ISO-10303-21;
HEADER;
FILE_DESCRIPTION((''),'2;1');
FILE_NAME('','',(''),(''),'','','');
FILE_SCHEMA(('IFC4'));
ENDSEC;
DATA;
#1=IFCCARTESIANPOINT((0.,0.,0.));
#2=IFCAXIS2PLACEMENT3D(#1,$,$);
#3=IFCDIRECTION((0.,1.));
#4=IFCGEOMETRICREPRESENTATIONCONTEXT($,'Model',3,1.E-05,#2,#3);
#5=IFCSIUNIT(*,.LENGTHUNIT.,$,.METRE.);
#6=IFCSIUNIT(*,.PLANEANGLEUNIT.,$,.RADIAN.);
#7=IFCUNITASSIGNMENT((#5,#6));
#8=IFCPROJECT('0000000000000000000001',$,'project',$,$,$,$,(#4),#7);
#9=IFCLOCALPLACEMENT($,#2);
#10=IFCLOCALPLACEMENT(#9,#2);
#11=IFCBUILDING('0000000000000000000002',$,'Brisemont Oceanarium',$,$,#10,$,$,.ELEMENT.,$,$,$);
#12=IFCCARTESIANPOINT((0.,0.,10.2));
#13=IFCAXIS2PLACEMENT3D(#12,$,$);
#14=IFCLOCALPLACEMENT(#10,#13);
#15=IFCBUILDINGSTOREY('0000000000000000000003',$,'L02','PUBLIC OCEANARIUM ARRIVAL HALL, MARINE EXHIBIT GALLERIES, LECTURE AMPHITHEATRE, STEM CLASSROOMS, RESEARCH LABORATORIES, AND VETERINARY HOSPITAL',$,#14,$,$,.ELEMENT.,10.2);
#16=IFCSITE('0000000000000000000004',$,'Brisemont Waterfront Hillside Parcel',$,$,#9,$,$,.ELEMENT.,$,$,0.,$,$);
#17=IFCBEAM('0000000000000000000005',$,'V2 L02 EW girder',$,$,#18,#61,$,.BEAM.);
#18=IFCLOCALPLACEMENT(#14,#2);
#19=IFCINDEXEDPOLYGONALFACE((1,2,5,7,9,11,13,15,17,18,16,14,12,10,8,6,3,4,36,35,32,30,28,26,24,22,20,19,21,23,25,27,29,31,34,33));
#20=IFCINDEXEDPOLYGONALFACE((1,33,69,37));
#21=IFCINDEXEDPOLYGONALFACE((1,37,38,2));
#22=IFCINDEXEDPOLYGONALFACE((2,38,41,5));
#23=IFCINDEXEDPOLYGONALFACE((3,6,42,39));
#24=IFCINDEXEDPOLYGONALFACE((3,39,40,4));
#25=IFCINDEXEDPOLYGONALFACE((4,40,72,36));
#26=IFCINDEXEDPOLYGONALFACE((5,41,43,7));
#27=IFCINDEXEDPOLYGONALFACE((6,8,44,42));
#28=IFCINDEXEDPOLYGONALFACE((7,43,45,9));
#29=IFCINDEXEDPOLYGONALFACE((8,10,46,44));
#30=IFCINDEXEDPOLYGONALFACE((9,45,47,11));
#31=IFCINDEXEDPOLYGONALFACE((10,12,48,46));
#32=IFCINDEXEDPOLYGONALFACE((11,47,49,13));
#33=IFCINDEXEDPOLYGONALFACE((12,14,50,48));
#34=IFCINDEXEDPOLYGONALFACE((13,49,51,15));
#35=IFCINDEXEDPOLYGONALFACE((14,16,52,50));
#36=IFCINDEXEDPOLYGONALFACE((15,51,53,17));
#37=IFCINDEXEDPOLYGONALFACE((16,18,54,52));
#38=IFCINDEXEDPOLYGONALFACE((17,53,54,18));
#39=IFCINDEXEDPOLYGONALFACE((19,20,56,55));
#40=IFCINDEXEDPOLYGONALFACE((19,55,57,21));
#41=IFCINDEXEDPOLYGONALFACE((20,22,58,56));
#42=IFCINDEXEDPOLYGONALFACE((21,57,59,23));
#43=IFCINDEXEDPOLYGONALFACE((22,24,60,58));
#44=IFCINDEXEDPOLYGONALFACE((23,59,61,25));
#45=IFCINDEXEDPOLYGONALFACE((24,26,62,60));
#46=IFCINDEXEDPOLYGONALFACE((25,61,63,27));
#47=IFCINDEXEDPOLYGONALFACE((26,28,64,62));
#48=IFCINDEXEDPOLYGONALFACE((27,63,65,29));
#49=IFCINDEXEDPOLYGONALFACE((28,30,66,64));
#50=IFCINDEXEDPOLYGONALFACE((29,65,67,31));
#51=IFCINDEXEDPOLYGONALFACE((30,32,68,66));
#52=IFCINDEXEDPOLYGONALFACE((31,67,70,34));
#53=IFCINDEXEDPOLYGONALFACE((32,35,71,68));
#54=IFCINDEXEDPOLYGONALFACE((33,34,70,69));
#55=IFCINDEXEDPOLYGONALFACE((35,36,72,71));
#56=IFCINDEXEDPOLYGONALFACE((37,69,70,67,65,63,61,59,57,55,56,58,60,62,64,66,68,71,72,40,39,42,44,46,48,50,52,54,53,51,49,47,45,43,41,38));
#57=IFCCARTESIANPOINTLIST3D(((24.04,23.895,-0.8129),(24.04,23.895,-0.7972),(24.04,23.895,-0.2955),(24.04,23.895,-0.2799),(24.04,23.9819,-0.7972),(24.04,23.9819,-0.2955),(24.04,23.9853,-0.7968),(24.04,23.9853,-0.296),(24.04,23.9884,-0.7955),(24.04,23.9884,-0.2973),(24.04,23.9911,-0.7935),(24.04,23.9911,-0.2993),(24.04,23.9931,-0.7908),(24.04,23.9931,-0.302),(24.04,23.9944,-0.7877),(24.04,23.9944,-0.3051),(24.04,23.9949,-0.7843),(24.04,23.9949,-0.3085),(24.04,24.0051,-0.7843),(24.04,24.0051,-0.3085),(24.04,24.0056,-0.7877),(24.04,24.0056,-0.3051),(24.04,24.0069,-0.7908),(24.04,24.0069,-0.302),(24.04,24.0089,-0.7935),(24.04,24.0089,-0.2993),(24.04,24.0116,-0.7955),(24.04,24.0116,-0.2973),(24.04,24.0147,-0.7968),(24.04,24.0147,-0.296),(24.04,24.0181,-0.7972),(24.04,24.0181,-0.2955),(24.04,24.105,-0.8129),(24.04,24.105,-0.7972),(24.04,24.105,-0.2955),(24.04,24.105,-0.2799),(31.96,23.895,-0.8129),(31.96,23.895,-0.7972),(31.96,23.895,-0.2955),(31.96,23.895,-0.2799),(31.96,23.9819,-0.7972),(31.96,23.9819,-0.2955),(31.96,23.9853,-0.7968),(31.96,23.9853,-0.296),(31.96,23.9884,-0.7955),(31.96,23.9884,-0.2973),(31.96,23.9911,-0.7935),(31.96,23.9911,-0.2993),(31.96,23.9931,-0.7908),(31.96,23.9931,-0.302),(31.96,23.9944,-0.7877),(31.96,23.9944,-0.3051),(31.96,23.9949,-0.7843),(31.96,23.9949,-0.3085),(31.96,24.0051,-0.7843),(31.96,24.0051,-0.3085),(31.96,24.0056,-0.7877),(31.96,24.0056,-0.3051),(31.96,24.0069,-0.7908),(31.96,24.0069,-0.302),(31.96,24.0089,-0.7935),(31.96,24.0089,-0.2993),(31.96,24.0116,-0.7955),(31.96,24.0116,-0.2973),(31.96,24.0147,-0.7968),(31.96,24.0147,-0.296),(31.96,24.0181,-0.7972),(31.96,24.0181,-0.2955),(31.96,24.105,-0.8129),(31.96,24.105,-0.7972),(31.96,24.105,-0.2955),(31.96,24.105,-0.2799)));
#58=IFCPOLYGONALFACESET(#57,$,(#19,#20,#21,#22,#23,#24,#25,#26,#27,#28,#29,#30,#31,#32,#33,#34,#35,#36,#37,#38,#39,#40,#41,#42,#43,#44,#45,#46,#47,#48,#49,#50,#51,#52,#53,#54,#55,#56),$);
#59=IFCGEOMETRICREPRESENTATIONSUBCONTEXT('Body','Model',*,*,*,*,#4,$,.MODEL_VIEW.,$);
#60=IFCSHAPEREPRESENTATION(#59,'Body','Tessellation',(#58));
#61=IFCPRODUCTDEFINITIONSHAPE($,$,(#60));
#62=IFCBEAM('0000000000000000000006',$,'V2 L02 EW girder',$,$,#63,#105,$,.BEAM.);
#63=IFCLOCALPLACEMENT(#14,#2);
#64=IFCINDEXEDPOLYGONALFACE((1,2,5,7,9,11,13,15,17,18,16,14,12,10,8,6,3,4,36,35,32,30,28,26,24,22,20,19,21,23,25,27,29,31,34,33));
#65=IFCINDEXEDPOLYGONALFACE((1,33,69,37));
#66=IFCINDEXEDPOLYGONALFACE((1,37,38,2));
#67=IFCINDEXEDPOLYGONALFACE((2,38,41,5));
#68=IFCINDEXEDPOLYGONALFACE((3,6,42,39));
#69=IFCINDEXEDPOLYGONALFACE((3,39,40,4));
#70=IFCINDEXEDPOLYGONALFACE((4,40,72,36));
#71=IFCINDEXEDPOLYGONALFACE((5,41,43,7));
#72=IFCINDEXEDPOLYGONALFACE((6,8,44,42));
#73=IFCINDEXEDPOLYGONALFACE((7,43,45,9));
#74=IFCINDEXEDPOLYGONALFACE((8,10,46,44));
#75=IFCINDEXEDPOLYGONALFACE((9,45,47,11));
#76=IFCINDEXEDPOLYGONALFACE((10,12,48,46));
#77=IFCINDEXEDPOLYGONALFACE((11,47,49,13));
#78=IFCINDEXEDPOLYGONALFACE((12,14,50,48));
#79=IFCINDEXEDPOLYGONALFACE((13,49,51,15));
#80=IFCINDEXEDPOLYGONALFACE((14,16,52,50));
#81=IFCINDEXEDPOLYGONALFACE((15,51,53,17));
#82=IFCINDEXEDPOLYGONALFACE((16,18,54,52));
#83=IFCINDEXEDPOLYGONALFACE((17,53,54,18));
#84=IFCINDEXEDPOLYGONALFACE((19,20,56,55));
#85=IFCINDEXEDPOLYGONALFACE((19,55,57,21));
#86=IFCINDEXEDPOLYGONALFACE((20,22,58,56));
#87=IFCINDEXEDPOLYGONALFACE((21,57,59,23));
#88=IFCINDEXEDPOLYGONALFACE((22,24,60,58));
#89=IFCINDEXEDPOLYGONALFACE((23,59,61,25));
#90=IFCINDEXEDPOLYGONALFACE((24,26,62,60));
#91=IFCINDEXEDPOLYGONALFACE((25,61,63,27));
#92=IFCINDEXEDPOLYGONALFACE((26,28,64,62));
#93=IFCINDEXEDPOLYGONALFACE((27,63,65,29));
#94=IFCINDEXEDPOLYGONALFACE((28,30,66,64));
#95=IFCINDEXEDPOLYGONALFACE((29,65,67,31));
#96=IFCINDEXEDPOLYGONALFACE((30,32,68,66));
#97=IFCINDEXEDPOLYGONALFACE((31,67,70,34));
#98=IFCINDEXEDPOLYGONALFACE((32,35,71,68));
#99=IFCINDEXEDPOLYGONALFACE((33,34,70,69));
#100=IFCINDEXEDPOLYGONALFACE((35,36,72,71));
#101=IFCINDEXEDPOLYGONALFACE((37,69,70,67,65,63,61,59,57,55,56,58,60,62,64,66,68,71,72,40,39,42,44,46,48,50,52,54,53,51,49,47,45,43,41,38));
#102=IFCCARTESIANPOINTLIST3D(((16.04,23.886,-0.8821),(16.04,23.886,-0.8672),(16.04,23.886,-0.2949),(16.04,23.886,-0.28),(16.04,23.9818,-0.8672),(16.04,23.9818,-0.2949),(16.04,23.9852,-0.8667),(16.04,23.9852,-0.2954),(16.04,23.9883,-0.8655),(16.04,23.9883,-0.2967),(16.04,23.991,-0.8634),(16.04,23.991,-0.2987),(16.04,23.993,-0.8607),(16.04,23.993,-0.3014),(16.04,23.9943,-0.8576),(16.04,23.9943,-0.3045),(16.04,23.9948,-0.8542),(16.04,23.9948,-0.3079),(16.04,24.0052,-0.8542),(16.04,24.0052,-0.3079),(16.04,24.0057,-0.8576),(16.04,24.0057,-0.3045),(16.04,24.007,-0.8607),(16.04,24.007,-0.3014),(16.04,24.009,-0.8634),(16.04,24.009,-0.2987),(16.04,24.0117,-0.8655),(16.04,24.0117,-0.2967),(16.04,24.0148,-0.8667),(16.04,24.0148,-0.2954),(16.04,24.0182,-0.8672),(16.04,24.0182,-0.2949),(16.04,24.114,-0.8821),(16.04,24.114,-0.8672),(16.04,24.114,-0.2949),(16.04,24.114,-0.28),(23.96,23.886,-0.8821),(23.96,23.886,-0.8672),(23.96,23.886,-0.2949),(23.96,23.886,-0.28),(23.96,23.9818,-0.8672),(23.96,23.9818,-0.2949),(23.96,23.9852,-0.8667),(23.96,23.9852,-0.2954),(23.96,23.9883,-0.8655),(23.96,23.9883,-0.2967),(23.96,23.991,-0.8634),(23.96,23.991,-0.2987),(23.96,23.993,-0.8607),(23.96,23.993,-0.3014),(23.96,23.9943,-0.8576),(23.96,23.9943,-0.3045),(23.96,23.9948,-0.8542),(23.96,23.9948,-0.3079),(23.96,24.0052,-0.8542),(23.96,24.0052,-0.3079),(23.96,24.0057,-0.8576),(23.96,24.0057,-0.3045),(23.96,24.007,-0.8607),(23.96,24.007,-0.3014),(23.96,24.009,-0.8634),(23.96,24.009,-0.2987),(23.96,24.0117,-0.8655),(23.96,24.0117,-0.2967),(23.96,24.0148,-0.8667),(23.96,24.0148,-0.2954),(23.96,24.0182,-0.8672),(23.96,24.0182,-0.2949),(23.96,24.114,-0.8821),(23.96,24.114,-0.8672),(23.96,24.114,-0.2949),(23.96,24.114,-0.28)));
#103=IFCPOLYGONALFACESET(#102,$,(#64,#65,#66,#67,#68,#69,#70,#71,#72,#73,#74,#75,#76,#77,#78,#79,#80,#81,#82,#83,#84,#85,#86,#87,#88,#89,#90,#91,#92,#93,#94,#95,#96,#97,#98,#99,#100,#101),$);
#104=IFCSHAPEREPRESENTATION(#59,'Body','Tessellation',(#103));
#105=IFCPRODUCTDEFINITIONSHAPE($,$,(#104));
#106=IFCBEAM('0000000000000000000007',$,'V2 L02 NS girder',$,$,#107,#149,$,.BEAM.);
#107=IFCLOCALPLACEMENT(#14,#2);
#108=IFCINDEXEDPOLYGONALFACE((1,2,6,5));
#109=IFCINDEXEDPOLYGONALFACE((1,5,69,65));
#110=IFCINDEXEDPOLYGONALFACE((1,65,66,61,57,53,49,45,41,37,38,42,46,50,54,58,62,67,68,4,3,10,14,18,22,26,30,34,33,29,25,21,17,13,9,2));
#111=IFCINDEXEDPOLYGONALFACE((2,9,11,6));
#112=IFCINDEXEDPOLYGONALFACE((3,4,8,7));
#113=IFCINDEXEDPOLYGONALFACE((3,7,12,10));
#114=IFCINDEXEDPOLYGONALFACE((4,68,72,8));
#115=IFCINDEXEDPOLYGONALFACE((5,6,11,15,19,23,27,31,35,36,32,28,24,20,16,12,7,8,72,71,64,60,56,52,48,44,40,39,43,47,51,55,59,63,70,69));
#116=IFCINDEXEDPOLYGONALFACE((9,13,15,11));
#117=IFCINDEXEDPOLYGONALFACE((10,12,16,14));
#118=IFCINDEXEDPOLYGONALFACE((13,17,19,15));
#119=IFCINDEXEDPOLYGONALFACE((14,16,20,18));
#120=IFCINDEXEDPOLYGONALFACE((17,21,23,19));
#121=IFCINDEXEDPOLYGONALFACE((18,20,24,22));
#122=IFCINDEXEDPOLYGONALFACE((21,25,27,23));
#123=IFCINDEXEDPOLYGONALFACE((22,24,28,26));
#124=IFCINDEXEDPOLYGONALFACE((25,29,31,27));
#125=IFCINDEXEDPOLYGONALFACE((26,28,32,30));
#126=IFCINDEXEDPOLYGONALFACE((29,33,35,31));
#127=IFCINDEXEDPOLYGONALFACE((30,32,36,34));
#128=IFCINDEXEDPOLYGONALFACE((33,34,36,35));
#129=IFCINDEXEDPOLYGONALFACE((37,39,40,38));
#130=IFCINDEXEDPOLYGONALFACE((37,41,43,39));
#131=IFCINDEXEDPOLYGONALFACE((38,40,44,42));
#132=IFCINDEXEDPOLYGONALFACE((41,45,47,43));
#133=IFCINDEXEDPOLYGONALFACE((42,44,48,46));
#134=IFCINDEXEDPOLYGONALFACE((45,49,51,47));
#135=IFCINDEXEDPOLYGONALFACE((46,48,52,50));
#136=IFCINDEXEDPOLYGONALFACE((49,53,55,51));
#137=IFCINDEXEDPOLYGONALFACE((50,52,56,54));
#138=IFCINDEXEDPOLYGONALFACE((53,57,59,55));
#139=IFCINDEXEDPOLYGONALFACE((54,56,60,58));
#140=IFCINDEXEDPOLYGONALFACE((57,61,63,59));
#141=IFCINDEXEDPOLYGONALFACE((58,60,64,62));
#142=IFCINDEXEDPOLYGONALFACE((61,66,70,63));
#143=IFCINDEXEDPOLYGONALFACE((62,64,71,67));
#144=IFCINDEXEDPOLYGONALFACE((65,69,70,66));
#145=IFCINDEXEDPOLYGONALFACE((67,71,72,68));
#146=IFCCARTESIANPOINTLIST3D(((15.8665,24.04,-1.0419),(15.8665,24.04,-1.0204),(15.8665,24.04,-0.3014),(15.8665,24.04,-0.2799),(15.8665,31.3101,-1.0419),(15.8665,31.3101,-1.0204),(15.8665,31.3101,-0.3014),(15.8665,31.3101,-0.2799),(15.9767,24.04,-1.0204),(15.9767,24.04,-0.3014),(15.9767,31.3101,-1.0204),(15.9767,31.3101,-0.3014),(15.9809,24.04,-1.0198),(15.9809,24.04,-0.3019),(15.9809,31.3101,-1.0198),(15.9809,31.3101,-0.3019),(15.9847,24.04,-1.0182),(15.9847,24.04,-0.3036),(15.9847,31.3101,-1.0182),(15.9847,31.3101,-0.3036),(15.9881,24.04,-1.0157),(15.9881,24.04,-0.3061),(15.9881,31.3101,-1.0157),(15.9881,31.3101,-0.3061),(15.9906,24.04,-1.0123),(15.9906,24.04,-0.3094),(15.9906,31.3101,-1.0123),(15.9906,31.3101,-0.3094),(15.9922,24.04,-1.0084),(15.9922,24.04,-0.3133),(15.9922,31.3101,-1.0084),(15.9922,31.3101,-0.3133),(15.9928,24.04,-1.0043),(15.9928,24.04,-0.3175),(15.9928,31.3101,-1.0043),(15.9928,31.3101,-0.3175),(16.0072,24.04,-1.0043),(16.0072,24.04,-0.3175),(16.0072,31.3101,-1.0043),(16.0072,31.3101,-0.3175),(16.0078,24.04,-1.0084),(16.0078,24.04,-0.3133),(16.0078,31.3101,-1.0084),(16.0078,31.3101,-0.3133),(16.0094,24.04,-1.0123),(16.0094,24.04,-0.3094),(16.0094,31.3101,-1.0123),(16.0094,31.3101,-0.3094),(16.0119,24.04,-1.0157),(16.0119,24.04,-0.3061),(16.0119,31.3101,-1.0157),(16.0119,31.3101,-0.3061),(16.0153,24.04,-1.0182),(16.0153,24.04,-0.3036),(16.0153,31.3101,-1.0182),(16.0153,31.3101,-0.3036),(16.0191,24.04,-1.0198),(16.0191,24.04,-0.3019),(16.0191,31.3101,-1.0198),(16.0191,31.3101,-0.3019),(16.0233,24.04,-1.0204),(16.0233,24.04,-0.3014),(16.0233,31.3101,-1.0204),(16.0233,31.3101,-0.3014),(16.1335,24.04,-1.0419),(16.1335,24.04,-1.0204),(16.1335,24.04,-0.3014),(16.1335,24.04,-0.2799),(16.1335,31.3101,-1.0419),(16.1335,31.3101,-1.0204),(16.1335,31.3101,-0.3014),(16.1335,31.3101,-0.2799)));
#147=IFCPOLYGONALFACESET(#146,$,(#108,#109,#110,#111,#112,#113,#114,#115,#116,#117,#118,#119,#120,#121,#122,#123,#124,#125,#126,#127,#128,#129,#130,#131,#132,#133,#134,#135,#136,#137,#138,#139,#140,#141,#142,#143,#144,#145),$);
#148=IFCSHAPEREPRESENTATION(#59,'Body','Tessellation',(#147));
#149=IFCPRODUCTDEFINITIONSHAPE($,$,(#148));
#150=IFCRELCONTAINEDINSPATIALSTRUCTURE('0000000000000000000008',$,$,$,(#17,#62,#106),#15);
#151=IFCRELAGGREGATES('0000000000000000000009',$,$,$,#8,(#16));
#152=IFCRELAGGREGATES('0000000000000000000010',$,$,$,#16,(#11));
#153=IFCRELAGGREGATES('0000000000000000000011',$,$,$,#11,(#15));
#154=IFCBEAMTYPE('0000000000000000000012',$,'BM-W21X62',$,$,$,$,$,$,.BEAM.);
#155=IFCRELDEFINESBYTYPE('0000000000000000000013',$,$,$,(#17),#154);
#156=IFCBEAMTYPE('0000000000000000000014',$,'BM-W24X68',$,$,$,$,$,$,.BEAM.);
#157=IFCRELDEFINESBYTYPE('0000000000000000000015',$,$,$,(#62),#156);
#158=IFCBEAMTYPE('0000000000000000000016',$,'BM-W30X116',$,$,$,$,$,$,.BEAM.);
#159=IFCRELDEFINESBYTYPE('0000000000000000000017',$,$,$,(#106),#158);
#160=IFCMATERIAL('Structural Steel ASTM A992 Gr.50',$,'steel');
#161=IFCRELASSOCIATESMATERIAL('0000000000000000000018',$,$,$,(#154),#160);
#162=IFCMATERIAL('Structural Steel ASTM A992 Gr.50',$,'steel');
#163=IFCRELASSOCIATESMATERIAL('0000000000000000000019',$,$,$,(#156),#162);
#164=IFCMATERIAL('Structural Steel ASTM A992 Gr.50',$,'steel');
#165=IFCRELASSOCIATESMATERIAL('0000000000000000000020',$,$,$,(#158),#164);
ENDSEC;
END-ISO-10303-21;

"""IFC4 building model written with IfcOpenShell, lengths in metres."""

from ifc_helpers import new_model, si_unit, direction, frame, origin, origin_2d, place, context, subcontext, project, spatial, i_section, extrude, material, material_profile, profile_set, type_object, element, save


model = new_model("IFC4")

# Units and contexts
model_context = context("Model", 3, precision=1e-05, world=origin(), true_north=direction((0.0, 1.0)))
body_context = subcontext(model_context, "Body", "Model", "MODEL_VIEW")
ifc_project = project(units=[si_unit("LENGTHUNIT", "METRE"), si_unit("PLANEANGLEUNIT", "RADIAN")], contexts=[model_context])

# Site, building, storey
site_placement = place(None, origin())
site = spatial("IfcSite", under=ifc_project, at=site_placement, Name="Brisemont Waterfront Hillside Parcel", CompositionType="ELEMENT", RefElevation=0.0)
building_placement = place(site_placement, origin())
building = spatial("IfcBuilding", under=site, at=building_placement, Name="Brisemont Oceanarium", CompositionType="ELEMENT")
storey_placement = place(building_placement, frame((0.0, 0.0, 10.2)))
storey = spatial("IfcBuildingStorey", under=building, at=storey_placement, Name="L02", Description="PUBLIC OCEANARIUM ARRIVAL HALL, MARINE EXHIBIT GALLERIES, LECTURE AMPHITHEATRE, STEM CLASSROOMS, RESEARCH LABORATORIES, AND VETERINARY HOSPITAL", CompositionType="ELEMENT", Elevation=10.2)

# Beams
ifc_material_1 = material(Name="Structural Steel ASTM A992 Gr.50", Category="steel")
ifc_material_profile_1 = material_profile(ifc_material_1, i_section(OverallWidth=0.21, OverallDepth=0.533, WebThickness=0.0103, FlangeThickness=0.0156, FilletRadius=0.0129, at=origin_2d()), Name="W21X62")
ifc_profile_set_1 = profile_set([ifc_material_profile_1], Name="Structural Steel ASTM A992 Gr.50")
beam_type_1 = type_object("IfcBeamType", Name="BM-W21X62", PredefinedType="BEAM", material=ifc_profile_set_1)
beam_1_placement = place(storey_placement, frame((24.04, 24.0, -0.5464), z_axis=(1.0, 0.0, 0.0), x_axis=(0.0, 1.0, 0.0)))
element("IfcBeam", 1, at=beam_1_placement, inside=storey, type_object=beam_type_1, Name="V2 L02 EW girder", PredefinedType="BEAM", context=body_context, shape_type="SweptSolid", body=[
    extrude(i_section(OverallWidth=0.21, OverallDepth=0.533, WebThickness=0.0103, FlangeThickness=0.0156, FilletRadius=0.0129, at=origin_2d()), origin(), (0.0, 0.0, 1.0), 7.9199),
])
ifc_material_2 = material(Name="Structural Steel ASTM A992 Gr.50", Category="steel")
ifc_material_profile_2 = material_profile(ifc_material_2, i_section(OverallWidth=0.228, OverallDepth=0.6021, WebThickness=0.0105, FlangeThickness=0.0149, FilletRadius=0.0129, at=origin_2d()), Name="W24X68")
ifc_profile_set_2 = profile_set([ifc_material_profile_2], Name="Structural Steel ASTM A992 Gr.50")
beam_type_2 = type_object("IfcBeamType", Name="BM-W24X68", PredefinedType="BEAM", material=ifc_profile_set_2)
beam_2_placement = place(storey_placement, frame((16.04, 24.0, -0.5811), z_axis=(1.0, 0.0, 0.0), x_axis=(0.0, 1.0, 0.0)))
element("IfcBeam", 2, at=beam_2_placement, inside=storey, type_object=beam_type_2, Name="V2 L02 EW girder", PredefinedType="BEAM", context=body_context, shape_type="SweptSolid", body=[
    extrude(i_section(OverallWidth=0.228, OverallDepth=0.6021, WebThickness=0.0105, FlangeThickness=0.0149, FilletRadius=0.0129, at=origin_2d()), origin(), (0.0, 0.0, 1.0), 7.9199),
])
ifc_material_3 = material(Name="Structural Steel ASTM A992 Gr.50", Category="steel")
ifc_material_profile_3 = material_profile(ifc_material_3, i_section(OverallWidth=0.2671, OverallDepth=0.762, WebThickness=0.0144, FlangeThickness=0.0215, FilletRadius=0.0161, at=origin_2d()), Name="W30X116")
ifc_profile_set_3 = profile_set([ifc_material_profile_3], Name="Structural Steel ASTM A992 Gr.50")
beam_type_3 = type_object("IfcBeamType", Name="BM-W30X116", PredefinedType="BEAM", material=ifc_profile_set_3)
beam_3_placement = place(storey_placement, frame((16.0, 24.04, -0.6609), z_axis=(0.0, 1.0, 0.0), x_axis=(-1.0, 0.0, 0.0)))
element("IfcBeam", 3, at=beam_3_placement, inside=storey, type_object=beam_type_3, Name="V2 L02 NS girder", PredefinedType="BEAM", context=body_context, shape_type="SweptSolid", body=[
    extrude(i_section(OverallWidth=0.2671, OverallDepth=0.762, WebThickness=0.0144, FlangeThickness=0.0215, FilletRadius=0.0161, at=origin_2d()), origin(), (0.0, 0.0, 1.0), 7.27),
])

save(model, "model.ifc")
